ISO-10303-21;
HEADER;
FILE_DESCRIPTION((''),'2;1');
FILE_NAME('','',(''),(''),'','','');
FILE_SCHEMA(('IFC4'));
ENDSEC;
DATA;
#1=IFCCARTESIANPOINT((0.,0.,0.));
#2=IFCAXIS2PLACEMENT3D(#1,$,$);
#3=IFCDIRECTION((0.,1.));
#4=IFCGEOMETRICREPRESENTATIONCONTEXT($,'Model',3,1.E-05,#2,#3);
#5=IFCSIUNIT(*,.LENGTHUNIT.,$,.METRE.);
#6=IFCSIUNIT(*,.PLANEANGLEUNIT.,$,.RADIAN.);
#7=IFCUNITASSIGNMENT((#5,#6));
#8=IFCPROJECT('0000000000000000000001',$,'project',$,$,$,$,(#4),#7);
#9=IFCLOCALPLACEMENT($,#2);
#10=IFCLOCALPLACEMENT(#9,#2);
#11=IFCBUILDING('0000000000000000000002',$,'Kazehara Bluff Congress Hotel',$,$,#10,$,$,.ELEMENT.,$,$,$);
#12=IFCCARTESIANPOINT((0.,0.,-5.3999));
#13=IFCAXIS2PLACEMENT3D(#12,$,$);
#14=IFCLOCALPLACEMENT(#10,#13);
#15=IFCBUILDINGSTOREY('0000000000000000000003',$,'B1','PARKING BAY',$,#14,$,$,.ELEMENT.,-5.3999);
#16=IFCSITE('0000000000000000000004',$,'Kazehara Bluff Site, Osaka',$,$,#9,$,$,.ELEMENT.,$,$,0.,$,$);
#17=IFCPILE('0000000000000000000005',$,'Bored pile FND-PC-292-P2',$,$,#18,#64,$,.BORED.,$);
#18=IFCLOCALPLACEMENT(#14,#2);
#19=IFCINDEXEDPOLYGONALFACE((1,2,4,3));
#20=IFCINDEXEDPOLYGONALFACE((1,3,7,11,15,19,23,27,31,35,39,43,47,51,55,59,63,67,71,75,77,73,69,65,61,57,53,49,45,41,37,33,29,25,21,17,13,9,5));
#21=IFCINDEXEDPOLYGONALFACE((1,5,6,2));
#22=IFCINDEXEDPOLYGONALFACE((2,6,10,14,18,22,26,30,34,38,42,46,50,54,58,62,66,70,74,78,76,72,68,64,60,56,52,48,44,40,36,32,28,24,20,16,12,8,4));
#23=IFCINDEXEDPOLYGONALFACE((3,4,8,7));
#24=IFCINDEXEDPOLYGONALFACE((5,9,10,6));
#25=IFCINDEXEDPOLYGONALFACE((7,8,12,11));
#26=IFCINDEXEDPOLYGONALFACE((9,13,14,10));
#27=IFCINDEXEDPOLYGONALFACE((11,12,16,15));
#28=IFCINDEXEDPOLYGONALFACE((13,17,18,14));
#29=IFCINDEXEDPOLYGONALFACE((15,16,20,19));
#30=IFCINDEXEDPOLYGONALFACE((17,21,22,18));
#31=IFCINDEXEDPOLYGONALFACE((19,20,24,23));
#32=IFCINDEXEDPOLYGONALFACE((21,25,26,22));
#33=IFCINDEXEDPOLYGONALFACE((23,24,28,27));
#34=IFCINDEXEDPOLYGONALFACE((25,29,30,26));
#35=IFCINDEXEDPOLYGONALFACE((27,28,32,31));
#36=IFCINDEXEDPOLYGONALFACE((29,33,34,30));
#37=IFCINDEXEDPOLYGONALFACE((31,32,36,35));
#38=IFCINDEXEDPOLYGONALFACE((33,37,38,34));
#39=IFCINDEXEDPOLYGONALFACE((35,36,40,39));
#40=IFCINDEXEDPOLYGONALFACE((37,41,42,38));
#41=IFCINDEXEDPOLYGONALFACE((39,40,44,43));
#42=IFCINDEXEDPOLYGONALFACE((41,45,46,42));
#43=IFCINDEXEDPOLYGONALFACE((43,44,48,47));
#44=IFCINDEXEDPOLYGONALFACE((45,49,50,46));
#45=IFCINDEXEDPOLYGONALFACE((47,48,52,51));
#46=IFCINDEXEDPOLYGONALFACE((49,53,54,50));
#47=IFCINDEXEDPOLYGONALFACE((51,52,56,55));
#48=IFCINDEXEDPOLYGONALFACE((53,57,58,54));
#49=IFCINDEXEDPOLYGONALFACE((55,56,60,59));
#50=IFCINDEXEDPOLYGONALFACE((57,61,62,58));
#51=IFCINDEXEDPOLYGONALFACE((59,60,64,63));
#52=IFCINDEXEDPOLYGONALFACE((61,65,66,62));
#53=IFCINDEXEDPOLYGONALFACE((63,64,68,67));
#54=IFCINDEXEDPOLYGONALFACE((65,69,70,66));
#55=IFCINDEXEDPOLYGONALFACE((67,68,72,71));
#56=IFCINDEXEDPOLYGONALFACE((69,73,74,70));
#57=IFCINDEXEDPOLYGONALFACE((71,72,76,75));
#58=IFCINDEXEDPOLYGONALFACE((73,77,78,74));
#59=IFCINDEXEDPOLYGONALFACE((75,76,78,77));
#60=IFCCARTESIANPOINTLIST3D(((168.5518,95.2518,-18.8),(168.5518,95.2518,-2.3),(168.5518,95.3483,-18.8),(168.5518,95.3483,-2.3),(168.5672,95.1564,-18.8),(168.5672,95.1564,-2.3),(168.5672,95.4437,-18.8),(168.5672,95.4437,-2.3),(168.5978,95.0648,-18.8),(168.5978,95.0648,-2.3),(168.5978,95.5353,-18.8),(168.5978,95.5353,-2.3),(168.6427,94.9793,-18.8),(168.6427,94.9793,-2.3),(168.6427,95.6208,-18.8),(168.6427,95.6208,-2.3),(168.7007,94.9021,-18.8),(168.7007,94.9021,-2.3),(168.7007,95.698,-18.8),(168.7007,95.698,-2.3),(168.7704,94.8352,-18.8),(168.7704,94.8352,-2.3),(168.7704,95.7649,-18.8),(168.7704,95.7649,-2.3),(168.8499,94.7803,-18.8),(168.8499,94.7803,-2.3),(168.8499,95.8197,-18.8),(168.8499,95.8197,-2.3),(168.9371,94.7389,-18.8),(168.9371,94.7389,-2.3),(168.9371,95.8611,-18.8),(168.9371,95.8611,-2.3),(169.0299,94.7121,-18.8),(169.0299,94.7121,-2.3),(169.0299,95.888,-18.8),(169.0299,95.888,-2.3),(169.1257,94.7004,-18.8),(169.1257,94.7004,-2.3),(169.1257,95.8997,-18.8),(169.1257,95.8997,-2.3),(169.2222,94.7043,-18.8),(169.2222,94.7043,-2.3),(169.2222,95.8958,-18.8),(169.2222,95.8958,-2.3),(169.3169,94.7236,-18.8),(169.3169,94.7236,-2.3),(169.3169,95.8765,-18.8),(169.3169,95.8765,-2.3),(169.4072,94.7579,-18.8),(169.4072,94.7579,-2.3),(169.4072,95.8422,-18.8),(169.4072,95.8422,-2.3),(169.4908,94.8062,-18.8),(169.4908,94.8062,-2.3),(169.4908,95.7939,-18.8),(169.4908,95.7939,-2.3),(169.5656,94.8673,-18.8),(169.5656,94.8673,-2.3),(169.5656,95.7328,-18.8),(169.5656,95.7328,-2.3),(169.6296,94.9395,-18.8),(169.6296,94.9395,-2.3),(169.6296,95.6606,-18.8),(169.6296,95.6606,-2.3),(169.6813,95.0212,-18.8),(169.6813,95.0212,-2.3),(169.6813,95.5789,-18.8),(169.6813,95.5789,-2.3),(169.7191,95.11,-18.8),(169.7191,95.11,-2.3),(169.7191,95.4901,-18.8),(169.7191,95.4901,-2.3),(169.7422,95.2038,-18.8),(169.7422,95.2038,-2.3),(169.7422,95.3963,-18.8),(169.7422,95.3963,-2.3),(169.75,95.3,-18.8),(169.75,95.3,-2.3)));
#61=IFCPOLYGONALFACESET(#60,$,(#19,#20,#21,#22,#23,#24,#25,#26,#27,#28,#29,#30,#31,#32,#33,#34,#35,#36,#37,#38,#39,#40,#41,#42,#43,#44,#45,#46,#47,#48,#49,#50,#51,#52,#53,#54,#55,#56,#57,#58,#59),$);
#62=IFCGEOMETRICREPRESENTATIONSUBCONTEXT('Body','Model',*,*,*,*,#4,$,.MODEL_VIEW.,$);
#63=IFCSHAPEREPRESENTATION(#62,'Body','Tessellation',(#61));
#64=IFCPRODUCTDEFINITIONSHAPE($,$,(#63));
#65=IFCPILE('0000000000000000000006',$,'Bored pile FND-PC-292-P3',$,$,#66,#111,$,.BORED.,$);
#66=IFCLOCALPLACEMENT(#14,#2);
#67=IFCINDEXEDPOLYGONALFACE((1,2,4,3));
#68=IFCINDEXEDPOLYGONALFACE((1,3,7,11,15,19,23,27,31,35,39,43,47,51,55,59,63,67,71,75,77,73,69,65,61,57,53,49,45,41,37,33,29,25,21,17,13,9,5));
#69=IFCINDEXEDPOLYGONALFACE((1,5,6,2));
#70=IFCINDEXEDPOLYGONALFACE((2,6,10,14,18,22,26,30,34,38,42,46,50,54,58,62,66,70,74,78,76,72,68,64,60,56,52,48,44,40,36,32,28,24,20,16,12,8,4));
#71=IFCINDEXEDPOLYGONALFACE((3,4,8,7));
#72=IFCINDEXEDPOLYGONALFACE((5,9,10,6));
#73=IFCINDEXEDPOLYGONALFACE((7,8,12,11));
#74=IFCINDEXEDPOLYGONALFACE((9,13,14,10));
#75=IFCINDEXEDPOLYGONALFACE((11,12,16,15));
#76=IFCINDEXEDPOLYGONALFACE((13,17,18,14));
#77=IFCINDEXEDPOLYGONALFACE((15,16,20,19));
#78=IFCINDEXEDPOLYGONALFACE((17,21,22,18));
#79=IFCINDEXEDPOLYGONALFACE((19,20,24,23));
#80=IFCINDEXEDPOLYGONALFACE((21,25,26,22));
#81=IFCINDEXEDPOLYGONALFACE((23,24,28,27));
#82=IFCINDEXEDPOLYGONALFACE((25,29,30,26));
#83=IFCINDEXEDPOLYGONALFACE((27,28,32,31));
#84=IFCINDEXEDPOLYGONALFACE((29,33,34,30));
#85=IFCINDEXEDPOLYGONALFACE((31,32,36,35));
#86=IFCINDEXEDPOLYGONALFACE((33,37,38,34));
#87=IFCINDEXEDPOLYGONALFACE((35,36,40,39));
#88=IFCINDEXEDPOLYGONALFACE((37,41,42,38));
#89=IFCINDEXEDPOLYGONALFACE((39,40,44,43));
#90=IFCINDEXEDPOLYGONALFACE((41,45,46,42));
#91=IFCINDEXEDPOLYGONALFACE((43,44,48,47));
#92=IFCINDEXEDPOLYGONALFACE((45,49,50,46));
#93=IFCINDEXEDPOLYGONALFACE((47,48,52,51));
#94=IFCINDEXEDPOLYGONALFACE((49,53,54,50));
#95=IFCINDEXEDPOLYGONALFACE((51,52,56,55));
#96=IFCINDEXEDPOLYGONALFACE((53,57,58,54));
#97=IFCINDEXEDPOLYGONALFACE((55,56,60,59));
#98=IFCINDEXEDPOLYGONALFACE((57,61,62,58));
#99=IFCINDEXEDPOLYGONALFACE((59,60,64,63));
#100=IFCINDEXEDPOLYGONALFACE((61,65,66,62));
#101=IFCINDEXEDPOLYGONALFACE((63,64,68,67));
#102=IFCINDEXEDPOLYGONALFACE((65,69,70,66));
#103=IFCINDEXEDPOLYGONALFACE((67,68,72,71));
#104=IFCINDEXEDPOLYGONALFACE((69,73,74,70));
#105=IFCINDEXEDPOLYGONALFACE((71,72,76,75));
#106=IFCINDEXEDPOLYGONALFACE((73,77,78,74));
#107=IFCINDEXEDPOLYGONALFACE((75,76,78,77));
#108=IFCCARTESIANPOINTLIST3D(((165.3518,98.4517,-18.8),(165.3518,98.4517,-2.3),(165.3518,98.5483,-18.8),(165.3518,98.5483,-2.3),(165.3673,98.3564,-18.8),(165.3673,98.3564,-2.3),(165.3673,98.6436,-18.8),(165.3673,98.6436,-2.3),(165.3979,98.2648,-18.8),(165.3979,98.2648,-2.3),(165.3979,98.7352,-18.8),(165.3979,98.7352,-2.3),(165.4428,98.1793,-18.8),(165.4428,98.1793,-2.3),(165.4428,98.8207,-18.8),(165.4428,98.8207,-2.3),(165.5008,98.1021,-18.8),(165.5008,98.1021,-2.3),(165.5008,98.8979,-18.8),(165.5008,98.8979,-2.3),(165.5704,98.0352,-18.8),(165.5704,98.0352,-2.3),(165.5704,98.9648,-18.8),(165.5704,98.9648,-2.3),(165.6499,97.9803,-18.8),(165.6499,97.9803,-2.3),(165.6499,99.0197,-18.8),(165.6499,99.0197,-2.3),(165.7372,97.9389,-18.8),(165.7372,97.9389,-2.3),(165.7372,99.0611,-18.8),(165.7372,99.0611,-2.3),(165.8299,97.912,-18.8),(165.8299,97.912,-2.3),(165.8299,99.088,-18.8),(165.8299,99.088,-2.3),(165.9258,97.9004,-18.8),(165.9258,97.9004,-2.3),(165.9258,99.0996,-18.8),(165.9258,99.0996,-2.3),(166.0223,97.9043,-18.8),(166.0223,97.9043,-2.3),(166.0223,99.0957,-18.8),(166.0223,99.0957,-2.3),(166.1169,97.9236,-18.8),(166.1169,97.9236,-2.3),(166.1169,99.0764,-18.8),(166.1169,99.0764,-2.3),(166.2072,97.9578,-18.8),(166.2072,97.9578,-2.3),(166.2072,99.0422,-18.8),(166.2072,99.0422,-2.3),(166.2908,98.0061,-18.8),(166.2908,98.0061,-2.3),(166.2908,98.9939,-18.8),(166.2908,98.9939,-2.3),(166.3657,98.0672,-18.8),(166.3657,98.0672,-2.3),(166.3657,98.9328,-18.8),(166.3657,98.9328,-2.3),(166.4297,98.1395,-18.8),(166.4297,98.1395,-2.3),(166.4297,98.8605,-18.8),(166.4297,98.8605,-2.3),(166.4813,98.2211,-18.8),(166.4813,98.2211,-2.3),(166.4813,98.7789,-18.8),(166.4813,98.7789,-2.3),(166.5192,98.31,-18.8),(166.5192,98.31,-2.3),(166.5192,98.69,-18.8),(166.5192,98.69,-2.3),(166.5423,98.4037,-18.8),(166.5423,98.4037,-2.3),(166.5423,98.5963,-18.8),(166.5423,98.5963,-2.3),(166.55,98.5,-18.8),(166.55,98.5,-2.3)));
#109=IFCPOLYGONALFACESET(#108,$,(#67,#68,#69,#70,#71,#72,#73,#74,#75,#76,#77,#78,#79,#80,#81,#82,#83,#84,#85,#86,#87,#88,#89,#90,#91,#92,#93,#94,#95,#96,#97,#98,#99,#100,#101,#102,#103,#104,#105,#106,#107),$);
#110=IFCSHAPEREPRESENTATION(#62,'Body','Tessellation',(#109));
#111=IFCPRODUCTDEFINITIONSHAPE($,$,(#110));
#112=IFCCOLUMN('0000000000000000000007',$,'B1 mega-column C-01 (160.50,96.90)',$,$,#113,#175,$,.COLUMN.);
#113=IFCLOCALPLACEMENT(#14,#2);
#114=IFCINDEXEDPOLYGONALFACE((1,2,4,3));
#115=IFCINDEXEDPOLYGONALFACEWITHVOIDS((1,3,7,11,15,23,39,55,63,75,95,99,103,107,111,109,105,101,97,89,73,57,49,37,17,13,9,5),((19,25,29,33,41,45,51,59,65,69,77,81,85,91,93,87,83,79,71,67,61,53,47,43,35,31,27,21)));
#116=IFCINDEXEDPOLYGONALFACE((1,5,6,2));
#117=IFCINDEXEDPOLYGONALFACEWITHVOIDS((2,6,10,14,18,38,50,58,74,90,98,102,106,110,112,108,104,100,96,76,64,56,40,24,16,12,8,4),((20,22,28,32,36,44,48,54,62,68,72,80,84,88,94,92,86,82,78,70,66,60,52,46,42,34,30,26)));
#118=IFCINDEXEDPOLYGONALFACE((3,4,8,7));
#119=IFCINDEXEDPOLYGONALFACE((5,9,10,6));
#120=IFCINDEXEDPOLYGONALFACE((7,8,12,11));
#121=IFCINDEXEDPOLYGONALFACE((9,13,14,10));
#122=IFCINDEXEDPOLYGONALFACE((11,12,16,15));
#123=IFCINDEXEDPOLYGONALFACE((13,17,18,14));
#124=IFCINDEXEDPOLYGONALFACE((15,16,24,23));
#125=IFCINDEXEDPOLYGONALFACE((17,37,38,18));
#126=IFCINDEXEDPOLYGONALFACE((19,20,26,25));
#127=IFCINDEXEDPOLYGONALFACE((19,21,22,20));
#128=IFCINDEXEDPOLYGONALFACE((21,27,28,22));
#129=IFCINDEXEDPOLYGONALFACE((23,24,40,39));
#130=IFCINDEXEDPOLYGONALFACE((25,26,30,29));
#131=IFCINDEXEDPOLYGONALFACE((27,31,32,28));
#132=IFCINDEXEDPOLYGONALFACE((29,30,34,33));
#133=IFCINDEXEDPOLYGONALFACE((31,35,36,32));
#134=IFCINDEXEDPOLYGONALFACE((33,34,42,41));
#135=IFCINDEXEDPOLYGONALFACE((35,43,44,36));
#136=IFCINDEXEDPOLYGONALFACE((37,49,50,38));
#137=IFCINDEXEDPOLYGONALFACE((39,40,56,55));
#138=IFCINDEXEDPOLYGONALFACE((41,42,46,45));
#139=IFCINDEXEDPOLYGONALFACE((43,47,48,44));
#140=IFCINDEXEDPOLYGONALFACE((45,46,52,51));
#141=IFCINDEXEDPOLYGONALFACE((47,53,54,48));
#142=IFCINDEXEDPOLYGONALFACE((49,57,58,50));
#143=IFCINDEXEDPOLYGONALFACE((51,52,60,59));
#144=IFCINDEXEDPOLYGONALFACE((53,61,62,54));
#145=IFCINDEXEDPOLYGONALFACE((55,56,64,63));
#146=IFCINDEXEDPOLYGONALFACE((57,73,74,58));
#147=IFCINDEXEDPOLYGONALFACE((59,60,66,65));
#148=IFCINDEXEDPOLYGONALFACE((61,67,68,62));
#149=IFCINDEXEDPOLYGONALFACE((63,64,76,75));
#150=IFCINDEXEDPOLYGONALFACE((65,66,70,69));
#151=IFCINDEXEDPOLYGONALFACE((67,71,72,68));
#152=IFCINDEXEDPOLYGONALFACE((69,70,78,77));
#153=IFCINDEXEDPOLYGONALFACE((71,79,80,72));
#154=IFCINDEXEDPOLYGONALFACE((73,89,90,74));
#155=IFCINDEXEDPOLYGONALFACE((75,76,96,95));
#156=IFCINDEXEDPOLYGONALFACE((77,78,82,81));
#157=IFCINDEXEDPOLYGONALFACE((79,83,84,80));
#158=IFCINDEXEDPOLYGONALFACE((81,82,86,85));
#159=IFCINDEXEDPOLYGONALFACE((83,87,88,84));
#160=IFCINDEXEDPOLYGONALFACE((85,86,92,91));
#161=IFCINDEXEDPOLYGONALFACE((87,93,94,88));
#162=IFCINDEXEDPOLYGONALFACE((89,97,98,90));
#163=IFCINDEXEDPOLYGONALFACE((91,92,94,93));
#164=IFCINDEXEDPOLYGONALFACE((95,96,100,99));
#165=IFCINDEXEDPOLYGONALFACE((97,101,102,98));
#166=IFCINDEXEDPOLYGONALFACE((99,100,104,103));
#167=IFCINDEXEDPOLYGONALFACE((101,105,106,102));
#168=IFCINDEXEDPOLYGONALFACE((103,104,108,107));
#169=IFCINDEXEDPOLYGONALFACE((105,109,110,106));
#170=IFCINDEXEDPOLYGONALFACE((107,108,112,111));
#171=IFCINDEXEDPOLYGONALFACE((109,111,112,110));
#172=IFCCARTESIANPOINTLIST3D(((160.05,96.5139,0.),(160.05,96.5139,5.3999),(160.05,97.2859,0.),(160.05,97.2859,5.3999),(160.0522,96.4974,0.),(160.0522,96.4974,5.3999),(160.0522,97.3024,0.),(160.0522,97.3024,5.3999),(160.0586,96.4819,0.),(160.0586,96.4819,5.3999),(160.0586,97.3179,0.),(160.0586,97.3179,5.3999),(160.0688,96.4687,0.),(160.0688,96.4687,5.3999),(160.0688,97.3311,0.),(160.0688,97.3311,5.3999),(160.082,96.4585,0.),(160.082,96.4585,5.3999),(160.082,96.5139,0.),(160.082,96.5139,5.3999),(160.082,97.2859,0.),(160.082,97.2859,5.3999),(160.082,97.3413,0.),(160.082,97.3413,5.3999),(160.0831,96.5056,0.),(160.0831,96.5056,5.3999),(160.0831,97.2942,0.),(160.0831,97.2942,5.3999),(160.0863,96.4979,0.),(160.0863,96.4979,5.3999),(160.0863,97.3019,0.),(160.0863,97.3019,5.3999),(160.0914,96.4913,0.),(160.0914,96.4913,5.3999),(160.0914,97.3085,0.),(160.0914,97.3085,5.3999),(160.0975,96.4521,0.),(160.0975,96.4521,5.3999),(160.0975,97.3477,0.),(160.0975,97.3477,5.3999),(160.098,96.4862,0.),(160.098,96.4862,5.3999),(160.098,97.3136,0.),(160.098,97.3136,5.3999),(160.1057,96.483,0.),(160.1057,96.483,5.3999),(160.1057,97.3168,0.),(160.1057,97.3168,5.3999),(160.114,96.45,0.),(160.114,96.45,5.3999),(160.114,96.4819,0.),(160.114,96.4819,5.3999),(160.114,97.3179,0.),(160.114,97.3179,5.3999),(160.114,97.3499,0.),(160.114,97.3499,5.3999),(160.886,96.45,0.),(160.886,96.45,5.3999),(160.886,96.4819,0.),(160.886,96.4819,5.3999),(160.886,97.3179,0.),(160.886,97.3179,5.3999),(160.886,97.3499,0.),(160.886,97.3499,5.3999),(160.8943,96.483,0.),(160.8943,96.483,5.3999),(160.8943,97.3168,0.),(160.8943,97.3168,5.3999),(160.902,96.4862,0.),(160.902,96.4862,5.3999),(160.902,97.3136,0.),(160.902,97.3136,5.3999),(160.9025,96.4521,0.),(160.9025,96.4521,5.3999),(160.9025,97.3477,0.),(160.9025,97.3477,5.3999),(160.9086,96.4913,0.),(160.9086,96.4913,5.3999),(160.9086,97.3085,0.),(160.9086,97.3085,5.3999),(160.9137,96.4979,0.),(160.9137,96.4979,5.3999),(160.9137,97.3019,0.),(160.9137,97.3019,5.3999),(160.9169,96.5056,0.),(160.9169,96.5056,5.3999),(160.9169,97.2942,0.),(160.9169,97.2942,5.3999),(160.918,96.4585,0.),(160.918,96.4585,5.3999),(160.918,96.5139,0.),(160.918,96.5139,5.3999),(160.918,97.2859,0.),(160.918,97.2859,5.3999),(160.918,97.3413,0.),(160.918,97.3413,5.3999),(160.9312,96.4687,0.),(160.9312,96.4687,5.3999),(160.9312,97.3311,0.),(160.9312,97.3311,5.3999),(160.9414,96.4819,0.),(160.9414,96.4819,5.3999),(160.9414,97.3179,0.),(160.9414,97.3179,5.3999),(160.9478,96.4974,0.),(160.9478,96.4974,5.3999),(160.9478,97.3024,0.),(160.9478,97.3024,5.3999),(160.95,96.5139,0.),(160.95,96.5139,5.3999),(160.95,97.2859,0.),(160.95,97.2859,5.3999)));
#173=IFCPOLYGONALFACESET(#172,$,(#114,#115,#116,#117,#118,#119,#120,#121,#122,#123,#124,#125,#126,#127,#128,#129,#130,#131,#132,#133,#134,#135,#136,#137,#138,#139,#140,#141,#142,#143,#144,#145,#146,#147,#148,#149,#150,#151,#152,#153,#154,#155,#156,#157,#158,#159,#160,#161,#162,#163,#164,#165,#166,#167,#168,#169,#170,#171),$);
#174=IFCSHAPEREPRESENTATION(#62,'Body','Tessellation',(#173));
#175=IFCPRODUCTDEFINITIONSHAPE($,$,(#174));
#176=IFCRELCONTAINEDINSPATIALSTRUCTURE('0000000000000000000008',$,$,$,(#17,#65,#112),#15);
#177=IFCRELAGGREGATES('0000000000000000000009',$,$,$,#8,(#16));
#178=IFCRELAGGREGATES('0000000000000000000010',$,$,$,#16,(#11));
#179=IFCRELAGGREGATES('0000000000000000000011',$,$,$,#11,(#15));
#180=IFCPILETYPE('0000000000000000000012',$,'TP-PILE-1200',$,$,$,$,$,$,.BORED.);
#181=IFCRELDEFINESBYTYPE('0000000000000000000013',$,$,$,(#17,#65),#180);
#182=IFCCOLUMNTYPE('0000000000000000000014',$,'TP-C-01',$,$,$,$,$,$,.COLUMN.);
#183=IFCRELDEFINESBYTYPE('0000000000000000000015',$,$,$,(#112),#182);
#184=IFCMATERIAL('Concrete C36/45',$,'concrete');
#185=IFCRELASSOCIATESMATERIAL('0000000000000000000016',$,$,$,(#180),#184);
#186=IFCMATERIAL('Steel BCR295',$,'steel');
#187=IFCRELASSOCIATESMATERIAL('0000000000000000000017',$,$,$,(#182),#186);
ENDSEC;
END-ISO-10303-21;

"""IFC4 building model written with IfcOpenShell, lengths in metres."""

from ifc_helpers import new_model, si_unit, direction, frame, origin, origin_2d, place, context, subcontext, project, spatial, hollow_rectangle, circle, extrude, material, material_profile, profile_set, type_object, element, save


model = new_model("IFC4")

# Units and contexts
model_context = context("Model", 3, precision=1e-05, world=origin(), true_north=direction((0.0, 1.0)))
body_context = subcontext(model_context, "Body", "Model", "MODEL_VIEW")
ifc_project = project(units=[si_unit("LENGTHUNIT", "METRE"), si_unit("PLANEANGLEUNIT", "RADIAN")], contexts=[model_context])

# Site, building, storey
site_placement = place(None, origin())
site = spatial("IfcSite", under=ifc_project, at=site_placement, Name="Kazehara Bluff Site, Osaka", CompositionType="ELEMENT", RefElevation=0.0)
building_placement = place(site_placement, origin())
building = spatial("IfcBuilding", under=site, at=building_placement, Name="Kazehara Bluff Congress Hotel", CompositionType="ELEMENT")
storey_placement = place(building_placement, frame((0.0, 0.0, -5.3999)))
storey = spatial("IfcBuildingStorey", under=building, at=storey_placement, Name="B1", Description="PARKING BAY", CompositionType="ELEMENT", Elevation=-5.3999)

# Piles
ifc_material_1 = material(Name="Concrete C36/45", Category="concrete")
ifc_material_profile_1 = material_profile(ifc_material_1, circle(Radius=0.6001, at=origin_2d()))
ifc_profile_set_1 = profile_set([ifc_material_profile_1], Name="Concrete C36/45")
pile_type = type_object("IfcPileType", Name="TP-PILE-1200", PredefinedType="BORED", material=ifc_profile_set_1)
for number, where, z_axis, x_axis, name in (
    (1, (169.1499, 95.3, -2.3), (0.0, 0.0, -1.0), (1.0, 0.0, 0.0), "Bored pile FND-PC-292-P2"),
    (2, (165.95, 98.5, -2.3), (0.0, 0.0, -1.0), (1.0, 0.0, 0.0), "Bored pile FND-PC-292-P3"),
):
    element("IfcPile", number, at=place(storey_placement, frame(where, z_axis=z_axis, x_axis=x_axis)), inside=storey, type_object=pile_type, Name=name, PredefinedType="BORED", context=body_context, shape_type="SweptSolid", body=[
        extrude(circle(Radius=0.6001, at=origin_2d()), origin(), (0.0, 0.0, 1.0), 16.5),
    ])

# Column
ifc_material_2 = material(Name="Steel BCR295", Category="steel")
ifc_material_profile_2 = material_profile(ifc_material_2, hollow_rectangle(XDim=0.8999, YDim=0.8999, WallThickness=0.032, InnerFilletRadius=0.032, OuterFilletRadius=0.064, at=origin_2d()))
ifc_profile_set_2 = profile_set([ifc_material_profile_2], Name="Steel BCR295")
column_type = type_object("IfcColumnType", Name="TP-C-01", PredefinedType="COLUMN", material=ifc_profile_set_2)
for number, where, z_axis, x_axis, name in (
    (3, (160.5, 96.8999, 0.0), (0.0, 0.0, 1.0), (1.0, 0.0, 0.0), "B1 mega-column C-01 (160.50,96.90)"),
):
    element("IfcColumn", number, at=place(storey_placement, frame(where, z_axis=z_axis, x_axis=x_axis)), inside=storey, type_object=column_type, Name=name, PredefinedType="COLUMN", context=body_context, shape_type="SweptSolid", body=[
        extrude(hollow_rectangle(XDim=0.8999, YDim=0.8999, WallThickness=0.032, InnerFilletRadius=0.032, OuterFilletRadius=0.064, at=origin_2d()), origin(), (0.0, 0.0, 1.0), 5.3999),
    ])

save(model, "model.ifc")
